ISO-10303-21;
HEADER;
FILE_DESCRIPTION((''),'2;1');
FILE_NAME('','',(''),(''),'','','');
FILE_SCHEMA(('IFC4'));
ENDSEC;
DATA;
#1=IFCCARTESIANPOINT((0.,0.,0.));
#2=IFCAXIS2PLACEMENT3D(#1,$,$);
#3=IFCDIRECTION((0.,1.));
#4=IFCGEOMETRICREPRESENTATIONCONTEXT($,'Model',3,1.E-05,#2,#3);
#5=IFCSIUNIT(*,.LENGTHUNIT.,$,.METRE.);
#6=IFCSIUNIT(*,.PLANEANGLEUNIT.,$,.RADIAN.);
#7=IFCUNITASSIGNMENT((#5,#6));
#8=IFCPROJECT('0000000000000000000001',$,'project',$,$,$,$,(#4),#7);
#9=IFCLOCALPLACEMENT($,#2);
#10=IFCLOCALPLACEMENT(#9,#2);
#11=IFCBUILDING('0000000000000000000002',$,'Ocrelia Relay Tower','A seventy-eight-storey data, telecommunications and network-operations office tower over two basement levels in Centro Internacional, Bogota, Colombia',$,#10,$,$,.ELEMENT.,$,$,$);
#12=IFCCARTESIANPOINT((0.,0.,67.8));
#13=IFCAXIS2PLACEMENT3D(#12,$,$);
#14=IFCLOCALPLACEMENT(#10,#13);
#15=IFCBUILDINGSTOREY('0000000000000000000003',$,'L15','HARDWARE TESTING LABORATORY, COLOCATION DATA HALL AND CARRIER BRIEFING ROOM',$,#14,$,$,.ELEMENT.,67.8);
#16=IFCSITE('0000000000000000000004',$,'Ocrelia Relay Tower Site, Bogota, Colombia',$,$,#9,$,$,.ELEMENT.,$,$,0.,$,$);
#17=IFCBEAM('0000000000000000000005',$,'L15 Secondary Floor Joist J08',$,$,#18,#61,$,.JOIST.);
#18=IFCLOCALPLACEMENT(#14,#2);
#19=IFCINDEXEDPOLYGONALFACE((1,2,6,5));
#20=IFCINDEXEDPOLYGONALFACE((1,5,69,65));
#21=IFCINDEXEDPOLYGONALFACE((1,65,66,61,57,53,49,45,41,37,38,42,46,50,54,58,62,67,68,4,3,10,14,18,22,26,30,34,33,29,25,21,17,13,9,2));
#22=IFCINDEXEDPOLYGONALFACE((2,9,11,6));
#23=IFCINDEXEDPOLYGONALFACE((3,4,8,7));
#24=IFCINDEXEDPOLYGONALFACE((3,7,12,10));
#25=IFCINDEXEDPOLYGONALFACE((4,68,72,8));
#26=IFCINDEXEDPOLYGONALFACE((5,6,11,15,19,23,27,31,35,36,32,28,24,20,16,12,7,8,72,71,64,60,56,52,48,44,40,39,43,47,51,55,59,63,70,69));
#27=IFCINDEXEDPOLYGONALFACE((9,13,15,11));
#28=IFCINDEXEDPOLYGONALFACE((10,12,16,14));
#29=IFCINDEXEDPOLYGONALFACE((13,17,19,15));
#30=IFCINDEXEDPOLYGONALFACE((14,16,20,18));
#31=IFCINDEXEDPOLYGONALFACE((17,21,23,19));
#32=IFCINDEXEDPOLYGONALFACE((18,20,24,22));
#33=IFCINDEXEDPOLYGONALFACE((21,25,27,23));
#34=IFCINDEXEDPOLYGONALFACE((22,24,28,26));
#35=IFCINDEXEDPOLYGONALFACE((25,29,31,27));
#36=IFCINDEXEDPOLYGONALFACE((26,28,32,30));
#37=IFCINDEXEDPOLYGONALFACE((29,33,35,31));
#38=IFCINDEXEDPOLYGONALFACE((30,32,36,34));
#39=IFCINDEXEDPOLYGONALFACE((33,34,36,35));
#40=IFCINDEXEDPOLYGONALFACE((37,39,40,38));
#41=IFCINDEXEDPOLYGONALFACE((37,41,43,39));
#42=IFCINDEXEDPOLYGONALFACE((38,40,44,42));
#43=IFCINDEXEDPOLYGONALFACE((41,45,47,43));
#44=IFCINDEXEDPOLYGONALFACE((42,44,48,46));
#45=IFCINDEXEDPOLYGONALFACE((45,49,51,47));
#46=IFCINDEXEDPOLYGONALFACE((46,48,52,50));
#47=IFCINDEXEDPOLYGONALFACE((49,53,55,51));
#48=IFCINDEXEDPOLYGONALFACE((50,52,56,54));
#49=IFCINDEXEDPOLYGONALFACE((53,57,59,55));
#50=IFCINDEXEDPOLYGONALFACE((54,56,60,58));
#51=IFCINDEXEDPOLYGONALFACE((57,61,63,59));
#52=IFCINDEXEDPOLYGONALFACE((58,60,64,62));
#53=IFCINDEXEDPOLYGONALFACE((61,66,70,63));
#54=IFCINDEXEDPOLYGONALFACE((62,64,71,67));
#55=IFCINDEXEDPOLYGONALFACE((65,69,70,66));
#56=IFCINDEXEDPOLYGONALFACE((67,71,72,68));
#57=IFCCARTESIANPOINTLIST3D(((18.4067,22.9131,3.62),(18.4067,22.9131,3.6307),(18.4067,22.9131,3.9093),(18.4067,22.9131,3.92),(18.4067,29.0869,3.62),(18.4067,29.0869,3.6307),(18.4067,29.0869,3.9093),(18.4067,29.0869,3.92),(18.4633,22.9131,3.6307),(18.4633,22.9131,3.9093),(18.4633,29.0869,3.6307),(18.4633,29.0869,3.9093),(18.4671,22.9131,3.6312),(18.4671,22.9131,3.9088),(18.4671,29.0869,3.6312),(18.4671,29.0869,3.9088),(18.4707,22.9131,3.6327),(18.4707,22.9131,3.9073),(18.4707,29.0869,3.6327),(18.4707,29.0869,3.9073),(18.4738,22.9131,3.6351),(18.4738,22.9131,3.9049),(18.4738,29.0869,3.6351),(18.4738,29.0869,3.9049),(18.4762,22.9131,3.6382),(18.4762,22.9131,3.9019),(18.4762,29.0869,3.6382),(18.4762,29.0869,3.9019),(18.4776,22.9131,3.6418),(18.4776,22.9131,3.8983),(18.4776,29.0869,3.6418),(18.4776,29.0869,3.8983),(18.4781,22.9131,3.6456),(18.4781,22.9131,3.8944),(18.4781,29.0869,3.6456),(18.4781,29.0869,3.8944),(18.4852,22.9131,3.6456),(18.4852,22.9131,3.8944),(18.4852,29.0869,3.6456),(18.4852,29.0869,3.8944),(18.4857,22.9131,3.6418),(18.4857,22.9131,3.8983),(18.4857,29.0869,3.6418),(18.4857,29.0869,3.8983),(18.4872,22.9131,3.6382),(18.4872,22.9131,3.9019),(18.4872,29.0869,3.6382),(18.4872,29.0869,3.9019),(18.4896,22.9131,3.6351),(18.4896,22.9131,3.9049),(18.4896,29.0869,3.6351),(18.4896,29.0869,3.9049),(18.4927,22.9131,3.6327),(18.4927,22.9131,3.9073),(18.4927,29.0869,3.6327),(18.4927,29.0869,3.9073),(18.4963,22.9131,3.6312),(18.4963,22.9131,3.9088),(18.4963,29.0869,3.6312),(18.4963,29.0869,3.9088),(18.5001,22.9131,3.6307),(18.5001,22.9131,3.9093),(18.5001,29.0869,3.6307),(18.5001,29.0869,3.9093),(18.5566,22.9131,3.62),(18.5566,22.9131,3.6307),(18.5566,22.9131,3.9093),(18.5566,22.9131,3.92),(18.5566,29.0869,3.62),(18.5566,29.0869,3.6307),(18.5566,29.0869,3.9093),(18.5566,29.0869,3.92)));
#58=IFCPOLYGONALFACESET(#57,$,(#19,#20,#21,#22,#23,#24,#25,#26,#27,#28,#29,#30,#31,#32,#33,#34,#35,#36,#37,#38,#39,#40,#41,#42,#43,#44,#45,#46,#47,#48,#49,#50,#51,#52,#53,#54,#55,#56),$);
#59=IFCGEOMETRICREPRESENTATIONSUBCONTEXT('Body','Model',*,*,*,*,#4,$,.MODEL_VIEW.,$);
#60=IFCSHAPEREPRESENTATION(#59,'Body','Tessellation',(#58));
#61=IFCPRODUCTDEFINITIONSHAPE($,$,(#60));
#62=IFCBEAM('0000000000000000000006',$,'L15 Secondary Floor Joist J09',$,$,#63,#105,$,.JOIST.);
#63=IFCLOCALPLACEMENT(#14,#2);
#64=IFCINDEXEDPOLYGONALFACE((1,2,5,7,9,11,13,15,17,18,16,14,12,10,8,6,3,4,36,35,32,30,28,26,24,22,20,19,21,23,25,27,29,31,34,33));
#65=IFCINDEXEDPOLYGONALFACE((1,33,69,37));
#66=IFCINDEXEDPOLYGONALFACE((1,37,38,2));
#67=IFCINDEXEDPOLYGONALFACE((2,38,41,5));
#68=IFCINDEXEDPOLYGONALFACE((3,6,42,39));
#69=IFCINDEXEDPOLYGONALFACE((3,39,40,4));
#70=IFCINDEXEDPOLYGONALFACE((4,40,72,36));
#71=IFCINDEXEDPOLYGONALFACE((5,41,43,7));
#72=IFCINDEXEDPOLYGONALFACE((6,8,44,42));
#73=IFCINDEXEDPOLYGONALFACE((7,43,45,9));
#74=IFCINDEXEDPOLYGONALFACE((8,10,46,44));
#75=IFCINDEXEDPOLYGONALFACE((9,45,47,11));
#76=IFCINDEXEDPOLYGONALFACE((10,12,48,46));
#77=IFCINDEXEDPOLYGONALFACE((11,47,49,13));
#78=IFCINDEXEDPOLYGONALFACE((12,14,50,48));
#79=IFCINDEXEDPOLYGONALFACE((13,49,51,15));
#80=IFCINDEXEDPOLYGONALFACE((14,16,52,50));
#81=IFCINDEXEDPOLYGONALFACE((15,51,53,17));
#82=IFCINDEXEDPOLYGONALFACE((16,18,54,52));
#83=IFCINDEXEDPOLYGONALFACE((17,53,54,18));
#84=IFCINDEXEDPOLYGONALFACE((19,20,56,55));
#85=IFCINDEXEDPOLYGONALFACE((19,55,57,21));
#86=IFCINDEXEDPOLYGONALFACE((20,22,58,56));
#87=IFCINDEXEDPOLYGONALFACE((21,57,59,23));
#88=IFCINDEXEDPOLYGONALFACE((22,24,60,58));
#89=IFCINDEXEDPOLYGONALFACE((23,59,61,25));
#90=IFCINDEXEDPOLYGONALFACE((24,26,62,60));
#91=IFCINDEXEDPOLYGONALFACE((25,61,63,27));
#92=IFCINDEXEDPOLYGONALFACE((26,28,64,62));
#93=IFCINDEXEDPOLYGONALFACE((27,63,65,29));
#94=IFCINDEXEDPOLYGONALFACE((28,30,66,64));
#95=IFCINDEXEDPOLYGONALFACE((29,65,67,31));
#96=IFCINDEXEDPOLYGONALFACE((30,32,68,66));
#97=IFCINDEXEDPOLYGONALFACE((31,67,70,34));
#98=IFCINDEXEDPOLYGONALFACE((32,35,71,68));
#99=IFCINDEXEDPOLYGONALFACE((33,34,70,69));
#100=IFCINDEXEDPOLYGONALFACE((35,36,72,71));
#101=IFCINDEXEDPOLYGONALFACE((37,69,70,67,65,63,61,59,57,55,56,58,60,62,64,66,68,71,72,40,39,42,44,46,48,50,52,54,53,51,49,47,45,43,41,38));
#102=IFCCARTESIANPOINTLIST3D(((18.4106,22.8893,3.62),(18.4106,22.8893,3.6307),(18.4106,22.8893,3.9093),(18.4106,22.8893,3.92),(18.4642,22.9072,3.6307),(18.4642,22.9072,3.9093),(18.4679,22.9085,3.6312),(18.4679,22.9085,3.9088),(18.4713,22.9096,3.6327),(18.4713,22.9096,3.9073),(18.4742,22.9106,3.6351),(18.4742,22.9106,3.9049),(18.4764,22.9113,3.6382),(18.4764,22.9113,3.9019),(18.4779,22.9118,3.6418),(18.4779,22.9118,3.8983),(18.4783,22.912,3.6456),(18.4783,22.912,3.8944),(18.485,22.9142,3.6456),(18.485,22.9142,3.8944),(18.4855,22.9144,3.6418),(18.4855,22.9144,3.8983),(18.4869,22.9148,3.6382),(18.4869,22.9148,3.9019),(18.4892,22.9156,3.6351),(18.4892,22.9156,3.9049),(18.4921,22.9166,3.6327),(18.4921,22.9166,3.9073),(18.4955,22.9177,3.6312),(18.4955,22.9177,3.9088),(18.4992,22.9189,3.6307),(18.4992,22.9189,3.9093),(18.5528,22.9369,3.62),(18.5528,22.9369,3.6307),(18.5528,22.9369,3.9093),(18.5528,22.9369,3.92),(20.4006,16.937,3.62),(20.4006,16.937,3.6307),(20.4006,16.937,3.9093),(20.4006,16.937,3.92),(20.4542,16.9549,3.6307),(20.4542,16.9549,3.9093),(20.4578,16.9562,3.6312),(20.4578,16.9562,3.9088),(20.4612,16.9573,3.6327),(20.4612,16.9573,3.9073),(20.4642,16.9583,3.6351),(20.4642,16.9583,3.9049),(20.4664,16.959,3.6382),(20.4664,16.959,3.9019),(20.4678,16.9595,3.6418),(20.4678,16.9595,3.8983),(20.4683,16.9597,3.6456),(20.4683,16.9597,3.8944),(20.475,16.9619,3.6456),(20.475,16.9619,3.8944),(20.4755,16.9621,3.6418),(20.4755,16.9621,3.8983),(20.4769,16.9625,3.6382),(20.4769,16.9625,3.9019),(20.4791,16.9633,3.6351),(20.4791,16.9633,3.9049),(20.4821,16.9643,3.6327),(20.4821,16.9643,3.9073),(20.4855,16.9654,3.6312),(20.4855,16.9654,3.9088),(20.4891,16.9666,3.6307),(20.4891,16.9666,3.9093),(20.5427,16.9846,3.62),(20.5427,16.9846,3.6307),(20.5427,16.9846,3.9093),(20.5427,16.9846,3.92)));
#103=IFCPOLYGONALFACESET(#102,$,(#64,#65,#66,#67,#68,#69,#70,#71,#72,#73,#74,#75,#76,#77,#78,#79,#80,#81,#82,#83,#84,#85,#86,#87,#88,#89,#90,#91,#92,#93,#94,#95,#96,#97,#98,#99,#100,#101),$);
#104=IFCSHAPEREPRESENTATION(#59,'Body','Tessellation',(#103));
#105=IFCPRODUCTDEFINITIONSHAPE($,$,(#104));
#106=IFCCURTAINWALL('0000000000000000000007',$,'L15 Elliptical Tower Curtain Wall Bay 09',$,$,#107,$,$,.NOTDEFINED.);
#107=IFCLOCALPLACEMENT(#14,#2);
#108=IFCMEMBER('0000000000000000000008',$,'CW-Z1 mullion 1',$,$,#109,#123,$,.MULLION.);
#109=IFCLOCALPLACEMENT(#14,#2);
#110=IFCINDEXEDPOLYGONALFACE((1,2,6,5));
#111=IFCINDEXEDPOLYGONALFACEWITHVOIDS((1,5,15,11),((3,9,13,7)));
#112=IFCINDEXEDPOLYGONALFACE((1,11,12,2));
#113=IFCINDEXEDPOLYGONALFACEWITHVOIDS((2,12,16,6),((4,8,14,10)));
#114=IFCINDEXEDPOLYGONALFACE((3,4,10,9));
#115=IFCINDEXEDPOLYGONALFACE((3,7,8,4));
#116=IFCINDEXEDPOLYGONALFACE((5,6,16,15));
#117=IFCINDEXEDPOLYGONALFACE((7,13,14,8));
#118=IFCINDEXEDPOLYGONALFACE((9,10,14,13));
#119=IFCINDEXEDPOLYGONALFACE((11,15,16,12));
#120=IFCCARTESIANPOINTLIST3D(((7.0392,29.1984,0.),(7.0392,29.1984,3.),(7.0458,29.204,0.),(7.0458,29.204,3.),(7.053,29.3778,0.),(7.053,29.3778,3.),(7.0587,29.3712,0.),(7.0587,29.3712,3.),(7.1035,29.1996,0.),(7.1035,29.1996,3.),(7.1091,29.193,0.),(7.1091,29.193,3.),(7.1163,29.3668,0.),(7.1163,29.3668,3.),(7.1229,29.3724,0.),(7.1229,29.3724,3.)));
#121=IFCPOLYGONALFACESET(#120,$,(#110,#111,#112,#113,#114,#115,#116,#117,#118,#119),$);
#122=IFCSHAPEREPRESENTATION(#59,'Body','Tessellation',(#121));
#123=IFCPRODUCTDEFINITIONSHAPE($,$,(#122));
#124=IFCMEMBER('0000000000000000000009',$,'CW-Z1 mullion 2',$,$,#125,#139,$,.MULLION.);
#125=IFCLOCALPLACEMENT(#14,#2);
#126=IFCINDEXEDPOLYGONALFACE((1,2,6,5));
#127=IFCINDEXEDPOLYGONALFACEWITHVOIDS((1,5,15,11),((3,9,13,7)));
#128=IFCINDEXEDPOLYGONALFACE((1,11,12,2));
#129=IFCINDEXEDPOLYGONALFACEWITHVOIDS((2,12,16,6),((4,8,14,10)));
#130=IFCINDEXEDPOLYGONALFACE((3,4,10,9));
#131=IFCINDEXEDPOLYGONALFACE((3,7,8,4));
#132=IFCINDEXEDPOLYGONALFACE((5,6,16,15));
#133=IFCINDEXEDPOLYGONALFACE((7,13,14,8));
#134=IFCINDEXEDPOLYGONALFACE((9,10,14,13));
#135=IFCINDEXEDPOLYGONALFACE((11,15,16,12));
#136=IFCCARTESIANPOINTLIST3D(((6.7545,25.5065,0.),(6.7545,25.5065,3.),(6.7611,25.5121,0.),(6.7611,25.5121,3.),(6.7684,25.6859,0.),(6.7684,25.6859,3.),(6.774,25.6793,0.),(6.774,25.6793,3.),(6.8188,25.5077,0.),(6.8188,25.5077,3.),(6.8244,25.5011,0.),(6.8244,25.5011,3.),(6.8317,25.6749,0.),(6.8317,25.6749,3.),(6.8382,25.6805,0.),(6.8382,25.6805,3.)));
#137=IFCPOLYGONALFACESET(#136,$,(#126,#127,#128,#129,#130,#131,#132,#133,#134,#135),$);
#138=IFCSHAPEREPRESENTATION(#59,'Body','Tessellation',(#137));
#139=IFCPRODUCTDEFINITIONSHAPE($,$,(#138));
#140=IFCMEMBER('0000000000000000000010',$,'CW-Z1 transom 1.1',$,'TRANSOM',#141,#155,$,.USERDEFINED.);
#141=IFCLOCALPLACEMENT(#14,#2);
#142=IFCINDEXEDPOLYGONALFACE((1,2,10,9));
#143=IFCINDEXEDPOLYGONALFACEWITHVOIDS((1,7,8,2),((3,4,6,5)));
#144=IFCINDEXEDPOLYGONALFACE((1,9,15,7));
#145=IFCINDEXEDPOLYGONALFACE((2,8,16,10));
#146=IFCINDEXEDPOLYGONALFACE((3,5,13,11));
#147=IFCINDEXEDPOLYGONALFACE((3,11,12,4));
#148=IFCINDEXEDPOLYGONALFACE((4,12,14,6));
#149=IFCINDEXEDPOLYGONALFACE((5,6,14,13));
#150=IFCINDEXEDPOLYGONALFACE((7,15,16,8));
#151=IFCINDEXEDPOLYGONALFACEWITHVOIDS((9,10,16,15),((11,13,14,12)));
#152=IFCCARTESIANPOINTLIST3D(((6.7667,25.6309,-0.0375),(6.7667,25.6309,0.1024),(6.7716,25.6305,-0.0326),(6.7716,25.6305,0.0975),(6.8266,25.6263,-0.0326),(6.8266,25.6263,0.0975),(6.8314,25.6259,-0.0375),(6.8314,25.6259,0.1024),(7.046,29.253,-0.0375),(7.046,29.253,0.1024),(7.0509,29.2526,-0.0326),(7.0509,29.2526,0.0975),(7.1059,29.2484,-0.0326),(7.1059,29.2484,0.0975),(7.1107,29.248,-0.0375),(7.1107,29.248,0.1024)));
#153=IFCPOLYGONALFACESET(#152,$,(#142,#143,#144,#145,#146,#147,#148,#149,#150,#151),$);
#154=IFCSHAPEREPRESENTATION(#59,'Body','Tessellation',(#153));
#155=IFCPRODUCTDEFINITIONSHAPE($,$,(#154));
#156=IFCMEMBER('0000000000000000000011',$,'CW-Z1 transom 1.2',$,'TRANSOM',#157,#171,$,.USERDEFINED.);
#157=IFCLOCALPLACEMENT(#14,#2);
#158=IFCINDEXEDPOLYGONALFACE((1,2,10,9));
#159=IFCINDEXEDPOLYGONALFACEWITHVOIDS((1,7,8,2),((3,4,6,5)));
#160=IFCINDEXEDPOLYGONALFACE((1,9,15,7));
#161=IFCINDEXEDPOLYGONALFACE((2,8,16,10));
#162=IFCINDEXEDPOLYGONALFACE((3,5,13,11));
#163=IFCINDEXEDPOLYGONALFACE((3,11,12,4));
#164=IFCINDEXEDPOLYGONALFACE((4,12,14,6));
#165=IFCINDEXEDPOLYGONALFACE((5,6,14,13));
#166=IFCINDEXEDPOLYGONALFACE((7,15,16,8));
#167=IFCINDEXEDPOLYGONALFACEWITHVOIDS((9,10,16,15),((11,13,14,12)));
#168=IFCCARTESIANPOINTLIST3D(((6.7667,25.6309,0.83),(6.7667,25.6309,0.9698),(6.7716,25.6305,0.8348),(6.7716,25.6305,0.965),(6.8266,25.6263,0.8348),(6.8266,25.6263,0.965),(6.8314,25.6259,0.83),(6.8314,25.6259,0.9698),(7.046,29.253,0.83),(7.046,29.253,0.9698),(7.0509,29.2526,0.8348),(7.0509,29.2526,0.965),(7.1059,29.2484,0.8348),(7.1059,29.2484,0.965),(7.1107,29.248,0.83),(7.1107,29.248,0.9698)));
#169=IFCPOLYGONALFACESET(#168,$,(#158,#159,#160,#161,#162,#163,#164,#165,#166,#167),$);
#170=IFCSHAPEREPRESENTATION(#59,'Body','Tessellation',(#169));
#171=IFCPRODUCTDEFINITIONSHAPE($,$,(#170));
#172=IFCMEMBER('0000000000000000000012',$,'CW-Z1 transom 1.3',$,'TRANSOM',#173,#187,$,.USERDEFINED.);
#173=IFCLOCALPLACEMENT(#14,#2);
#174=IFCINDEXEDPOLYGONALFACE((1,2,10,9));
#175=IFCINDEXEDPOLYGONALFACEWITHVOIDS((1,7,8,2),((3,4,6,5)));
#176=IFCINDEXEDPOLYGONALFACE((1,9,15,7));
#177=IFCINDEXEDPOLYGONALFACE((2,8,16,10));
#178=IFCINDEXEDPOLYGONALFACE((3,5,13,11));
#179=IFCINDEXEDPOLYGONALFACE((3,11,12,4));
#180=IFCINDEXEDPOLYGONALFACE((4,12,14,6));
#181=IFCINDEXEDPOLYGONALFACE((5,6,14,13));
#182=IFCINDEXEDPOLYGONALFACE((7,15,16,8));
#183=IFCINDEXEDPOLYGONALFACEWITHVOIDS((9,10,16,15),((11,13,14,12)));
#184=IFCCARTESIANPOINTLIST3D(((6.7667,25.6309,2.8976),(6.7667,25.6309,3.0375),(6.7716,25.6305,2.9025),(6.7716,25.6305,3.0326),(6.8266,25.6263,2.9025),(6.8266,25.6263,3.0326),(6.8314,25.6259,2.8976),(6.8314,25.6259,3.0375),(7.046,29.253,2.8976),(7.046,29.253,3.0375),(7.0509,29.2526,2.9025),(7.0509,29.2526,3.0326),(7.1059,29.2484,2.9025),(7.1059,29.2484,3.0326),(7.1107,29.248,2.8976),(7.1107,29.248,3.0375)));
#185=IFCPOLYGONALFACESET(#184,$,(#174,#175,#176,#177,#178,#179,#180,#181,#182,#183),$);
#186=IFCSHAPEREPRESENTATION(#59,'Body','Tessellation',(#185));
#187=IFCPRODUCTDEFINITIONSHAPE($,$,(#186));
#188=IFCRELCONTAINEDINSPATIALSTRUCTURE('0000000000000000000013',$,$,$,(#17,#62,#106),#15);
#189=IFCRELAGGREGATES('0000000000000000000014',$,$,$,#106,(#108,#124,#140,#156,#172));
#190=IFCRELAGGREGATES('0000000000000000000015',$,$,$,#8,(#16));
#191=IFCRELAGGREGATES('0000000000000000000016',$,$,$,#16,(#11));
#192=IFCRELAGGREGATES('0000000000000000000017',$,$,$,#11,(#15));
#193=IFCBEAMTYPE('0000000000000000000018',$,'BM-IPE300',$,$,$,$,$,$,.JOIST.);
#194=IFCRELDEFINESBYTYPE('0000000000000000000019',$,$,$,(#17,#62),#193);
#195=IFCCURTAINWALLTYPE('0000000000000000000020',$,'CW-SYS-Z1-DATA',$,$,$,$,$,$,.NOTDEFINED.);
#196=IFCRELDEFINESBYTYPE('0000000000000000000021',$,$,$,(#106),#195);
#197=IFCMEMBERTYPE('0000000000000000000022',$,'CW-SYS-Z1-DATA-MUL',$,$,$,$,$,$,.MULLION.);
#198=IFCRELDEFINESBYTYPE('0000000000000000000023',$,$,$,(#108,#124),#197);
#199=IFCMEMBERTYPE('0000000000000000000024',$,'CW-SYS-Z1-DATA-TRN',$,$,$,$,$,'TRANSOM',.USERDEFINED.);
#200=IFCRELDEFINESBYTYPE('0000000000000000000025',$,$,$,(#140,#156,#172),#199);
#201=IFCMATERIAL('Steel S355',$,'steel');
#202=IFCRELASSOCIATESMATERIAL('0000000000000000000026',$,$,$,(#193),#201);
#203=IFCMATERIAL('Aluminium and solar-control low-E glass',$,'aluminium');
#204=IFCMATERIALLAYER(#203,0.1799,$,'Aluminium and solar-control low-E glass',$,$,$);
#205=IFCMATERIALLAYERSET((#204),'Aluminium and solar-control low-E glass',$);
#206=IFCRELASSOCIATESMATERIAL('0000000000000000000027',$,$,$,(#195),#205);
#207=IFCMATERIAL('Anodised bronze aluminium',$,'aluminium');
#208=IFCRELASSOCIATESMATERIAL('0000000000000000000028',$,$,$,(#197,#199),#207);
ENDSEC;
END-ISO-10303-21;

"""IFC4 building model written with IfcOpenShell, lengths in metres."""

from ifc_helpers import new_model, si_unit, direction, frame, origin, origin_2d, place, context, subcontext, project, spatial, hollow_rectangle, i_section, extrude, material, layer, layer_set, material_profile, profile_set, type_object, element, aggregate, save


model = new_model("IFC4")

# Units and contexts
model_context = context("Model", 3, precision=1e-05, world=origin(), true_north=direction((0.0, 1.0)))
body_context = subcontext(model_context, "Body", "Model", "MODEL_VIEW")
ifc_project = project(units=[si_unit("LENGTHUNIT", "METRE"), si_unit("PLANEANGLEUNIT", "RADIAN")], contexts=[model_context])

# Site, building, storey
site_placement = place(None, origin())
site = spatial("IfcSite", under=ifc_project, at=site_placement, Name="Ocrelia Relay Tower Site, Bogota, Colombia", CompositionType="ELEMENT", RefElevation=0.0)
building_placement = place(site_placement, origin())
building = spatial("IfcBuilding", under=site, at=building_placement, Name="Ocrelia Relay Tower", Description="A seventy-eight-storey data, telecommunications and network-operations office tower over two basement levels in Centro Internacional, Bogota, Colombia", CompositionType="ELEMENT")
storey_placement = place(building_placement, frame((0.0, 0.0, 67.8)))
storey = spatial("IfcBuildingStorey", under=building, at=storey_placement, Name="L15", Description="HARDWARE TESTING LABORATORY, COLOCATION DATA HALL AND CARRIER BRIEFING ROOM", CompositionType="ELEMENT", Elevation=67.8)

# Beams
ifc_material_1 = material(Name="Steel S355", Category="steel")
ifc_material_profile_1 = material_profile(ifc_material_1, i_section(OverallWidth=0.1499, OverallDepth=0.3, WebThickness=0.0071, FlangeThickness=0.0107, FilletRadius=0.0149, at=origin_2d()), Name="IPE 300")
ifc_profile_set_1 = profile_set([ifc_material_profile_1], Name="Steel S355")
beam_type_1 = type_object("IfcBeamType", Name="BM-IPE300", PredefinedType="JOIST", material=ifc_profile_set_1)
beam_1_placement = place(storey_placement, frame((18.4817, 29.0869, 3.77), z_axis=(0.0, -1.0, 0.0), x_axis=(1.0, 0.0, 0.0)))
element("IfcBeam", 1, at=beam_1_placement, inside=storey, type_object=beam_type_1, Name="L15 Secondary Floor Joist J08", PredefinedType="JOIST", context=body_context, shape_type="SweptSolid", body=[
    extrude(i_section(OverallWidth=0.1499, OverallDepth=0.3, WebThickness=0.0071, FlangeThickness=0.0107, FilletRadius=0.0149, at=origin_2d()), origin(), (0.0, 0.0, 1.0), 6.1738),
])
beam_2_placement = place(storey_placement, frame((18.4817, 22.9131, 3.77), z_axis=(0.317068, -0.948403, 0.0), x_axis=(0.948403, 0.317068, 0.0)))
element("IfcBeam", 2, at=beam_2_placement, inside=storey, type_object=beam_type_1, Name="L15 Secondary Floor Joist J09", PredefinedType="JOIST", context=body_context, shape_type="SweptSolid", body=[
    extrude(i_section(OverallWidth=0.1499, OverallDepth=0.3, WebThickness=0.0071, FlangeThickness=0.0107, FilletRadius=0.0149, at=origin_2d()), origin(), (0.0, 0.0, 1.0), 6.2761),
])

# Curtain wall, members
ifc_material_2 = material(Name="Aluminium and solar-control low-E glass", Category="aluminium")
ifc_layer_1 = layer(ifc_material_2, 0.1799, Name="Aluminium and solar-control low-E glass")
ifc_layer_set_1 = layer_set([ifc_layer_1], Name="Aluminium and solar-control low-E glass")
curtain_wall_type = type_object("IfcCurtainWallType", Name="CW-SYS-Z1-DATA", PredefinedType="NOTDEFINED", material=ifc_layer_set_1)
curtain_wall_placement = place(storey_placement, origin())
curtain_wall = element("IfcCurtainWall", 3, at=curtain_wall_placement, inside=storey, type_object=curtain_wall_type, Name="L15 Elliptical Tower Curtain Wall Bay 09", PredefinedType="NOTDEFINED")
ifc_material_3 = material(Name="Anodised bronze aluminium", Category="aluminium")
ifc_material_profile_2 = material_profile(ifc_material_3, hollow_rectangle(XDim=0.0701, YDim=0.1799, WallThickness=0.0061, at=origin_2d()), Name="CW-MUL-180x70")
ifc_profile_set_2 = profile_set([ifc_material_profile_2], Name="Anodised bronze aluminium")
member_type_1 = type_object("IfcMemberType", Name="CW-SYS-Z1-DATA-MUL", PredefinedType="MULLION", material=ifc_profile_set_2)
member_1_placement = place(storey_placement, frame((7.0811, 29.2854, 0.0), z_axis=(0.0, 0.0, 1.0), x_axis=(0.997039, -0.076892, 0.0)))
member_1 = element("IfcMember", 4, at=member_1_placement, type_object=member_type_1, Name="CW-Z1 mullion 1", PredefinedType="MULLION", context=body_context, shape_type="SweptSolid", body=[
    extrude(hollow_rectangle(XDim=0.0701, YDim=0.1799, WallThickness=0.0061, at=origin_2d()), origin(), (0.0, 0.0, 1.0), 3.0),
])
member_2_placement = place(storey_placement, frame((6.7964, 25.5935, 0.0), z_axis=(0.0, 0.0, 1.0), x_axis=(0.997039, -0.076892, 0.0)))
member_2 = element("IfcMember", 5, at=member_2_placement, type_object=member_type_1, Name="CW-Z1 mullion 2", PredefinedType="MULLION", context=body_context, shape_type="SweptSolid", body=[
    extrude(hollow_rectangle(XDim=0.0701, YDim=0.1799, WallThickness=0.0061, at=origin_2d()), origin(), (0.0, 0.0, 1.0), 3.0),
])
ifc_material_profile_3 = material_profile(ifc_material_3, hollow_rectangle(XDim=0.0649, YDim=0.1399, WallThickness=0.0049, at=origin_2d()), Name="CW-TRN-140x65")
ifc_profile_set_3 = profile_set([ifc_material_profile_3], Name="Anodised bronze aluminium")
member_type_2 = type_object("IfcMemberType", Name="CW-SYS-Z1-DATA-TRN", ElementType="TRANSOM", PredefinedType="USERDEFINED", material=ifc_profile_set_3)
member_3_placement = place(storey_placement, frame((7.0784, 29.2505, 0.0325), z_axis=(-0.076882, -0.99704, 0.0), x_axis=(0.99704, -0.076882, 0.0)))
member_3 = element("IfcMember", 6, at=member_3_placement, type_object=member_type_2, Name="CW-Z1 transom 1.1", ObjectType="TRANSOM", PredefinedType="USERDEFINED", context=body_context, shape_type="SweptSolid", body=[
    extrude(hollow_rectangle(XDim=0.0649, YDim=0.1399, WallThickness=0.0049, at=origin_2d()), origin(), (0.0, 0.0, 1.0), 3.6328),
])
member_4_placement = place(storey_placement, frame((7.0784, 29.2505, 0.8999), z_axis=(-0.076882, -0.99704, 0.0), x_axis=(0.99704, -0.076882, 0.0)))
member_4 = element("IfcMember", 7, at=member_4_placement, type_object=member_type_2, Name="CW-Z1 transom 1.2", ObjectType="TRANSOM", PredefinedType="USERDEFINED", context=body_context, shape_type="SweptSolid", body=[
    extrude(hollow_rectangle(XDim=0.0649, YDim=0.1399, WallThickness=0.0049, at=origin_2d()), origin(), (0.0, 0.0, 1.0), 3.6328),
])
member_5_placement = place(storey_placement, frame((7.0784, 29.2505, 2.9675), z_axis=(-0.076882, -0.99704, 0.0), x_axis=(0.99704, -0.076882, 0.0)))
member_5 = element("IfcMember", 8, at=member_5_placement, type_object=member_type_2, Name="CW-Z1 transom 1.3", ObjectType="TRANSOM", PredefinedType="USERDEFINED", context=body_context, shape_type="SweptSolid", body=[
    extrude(hollow_rectangle(XDim=0.0649, YDim=0.1399, WallThickness=0.0049, at=origin_2d()), origin(), (0.0, 0.0, 1.0), 3.6328),
])
aggregate(curtain_wall, [member_1, member_2, member_3, member_4, member_5])

save(model, "model.ifc")
